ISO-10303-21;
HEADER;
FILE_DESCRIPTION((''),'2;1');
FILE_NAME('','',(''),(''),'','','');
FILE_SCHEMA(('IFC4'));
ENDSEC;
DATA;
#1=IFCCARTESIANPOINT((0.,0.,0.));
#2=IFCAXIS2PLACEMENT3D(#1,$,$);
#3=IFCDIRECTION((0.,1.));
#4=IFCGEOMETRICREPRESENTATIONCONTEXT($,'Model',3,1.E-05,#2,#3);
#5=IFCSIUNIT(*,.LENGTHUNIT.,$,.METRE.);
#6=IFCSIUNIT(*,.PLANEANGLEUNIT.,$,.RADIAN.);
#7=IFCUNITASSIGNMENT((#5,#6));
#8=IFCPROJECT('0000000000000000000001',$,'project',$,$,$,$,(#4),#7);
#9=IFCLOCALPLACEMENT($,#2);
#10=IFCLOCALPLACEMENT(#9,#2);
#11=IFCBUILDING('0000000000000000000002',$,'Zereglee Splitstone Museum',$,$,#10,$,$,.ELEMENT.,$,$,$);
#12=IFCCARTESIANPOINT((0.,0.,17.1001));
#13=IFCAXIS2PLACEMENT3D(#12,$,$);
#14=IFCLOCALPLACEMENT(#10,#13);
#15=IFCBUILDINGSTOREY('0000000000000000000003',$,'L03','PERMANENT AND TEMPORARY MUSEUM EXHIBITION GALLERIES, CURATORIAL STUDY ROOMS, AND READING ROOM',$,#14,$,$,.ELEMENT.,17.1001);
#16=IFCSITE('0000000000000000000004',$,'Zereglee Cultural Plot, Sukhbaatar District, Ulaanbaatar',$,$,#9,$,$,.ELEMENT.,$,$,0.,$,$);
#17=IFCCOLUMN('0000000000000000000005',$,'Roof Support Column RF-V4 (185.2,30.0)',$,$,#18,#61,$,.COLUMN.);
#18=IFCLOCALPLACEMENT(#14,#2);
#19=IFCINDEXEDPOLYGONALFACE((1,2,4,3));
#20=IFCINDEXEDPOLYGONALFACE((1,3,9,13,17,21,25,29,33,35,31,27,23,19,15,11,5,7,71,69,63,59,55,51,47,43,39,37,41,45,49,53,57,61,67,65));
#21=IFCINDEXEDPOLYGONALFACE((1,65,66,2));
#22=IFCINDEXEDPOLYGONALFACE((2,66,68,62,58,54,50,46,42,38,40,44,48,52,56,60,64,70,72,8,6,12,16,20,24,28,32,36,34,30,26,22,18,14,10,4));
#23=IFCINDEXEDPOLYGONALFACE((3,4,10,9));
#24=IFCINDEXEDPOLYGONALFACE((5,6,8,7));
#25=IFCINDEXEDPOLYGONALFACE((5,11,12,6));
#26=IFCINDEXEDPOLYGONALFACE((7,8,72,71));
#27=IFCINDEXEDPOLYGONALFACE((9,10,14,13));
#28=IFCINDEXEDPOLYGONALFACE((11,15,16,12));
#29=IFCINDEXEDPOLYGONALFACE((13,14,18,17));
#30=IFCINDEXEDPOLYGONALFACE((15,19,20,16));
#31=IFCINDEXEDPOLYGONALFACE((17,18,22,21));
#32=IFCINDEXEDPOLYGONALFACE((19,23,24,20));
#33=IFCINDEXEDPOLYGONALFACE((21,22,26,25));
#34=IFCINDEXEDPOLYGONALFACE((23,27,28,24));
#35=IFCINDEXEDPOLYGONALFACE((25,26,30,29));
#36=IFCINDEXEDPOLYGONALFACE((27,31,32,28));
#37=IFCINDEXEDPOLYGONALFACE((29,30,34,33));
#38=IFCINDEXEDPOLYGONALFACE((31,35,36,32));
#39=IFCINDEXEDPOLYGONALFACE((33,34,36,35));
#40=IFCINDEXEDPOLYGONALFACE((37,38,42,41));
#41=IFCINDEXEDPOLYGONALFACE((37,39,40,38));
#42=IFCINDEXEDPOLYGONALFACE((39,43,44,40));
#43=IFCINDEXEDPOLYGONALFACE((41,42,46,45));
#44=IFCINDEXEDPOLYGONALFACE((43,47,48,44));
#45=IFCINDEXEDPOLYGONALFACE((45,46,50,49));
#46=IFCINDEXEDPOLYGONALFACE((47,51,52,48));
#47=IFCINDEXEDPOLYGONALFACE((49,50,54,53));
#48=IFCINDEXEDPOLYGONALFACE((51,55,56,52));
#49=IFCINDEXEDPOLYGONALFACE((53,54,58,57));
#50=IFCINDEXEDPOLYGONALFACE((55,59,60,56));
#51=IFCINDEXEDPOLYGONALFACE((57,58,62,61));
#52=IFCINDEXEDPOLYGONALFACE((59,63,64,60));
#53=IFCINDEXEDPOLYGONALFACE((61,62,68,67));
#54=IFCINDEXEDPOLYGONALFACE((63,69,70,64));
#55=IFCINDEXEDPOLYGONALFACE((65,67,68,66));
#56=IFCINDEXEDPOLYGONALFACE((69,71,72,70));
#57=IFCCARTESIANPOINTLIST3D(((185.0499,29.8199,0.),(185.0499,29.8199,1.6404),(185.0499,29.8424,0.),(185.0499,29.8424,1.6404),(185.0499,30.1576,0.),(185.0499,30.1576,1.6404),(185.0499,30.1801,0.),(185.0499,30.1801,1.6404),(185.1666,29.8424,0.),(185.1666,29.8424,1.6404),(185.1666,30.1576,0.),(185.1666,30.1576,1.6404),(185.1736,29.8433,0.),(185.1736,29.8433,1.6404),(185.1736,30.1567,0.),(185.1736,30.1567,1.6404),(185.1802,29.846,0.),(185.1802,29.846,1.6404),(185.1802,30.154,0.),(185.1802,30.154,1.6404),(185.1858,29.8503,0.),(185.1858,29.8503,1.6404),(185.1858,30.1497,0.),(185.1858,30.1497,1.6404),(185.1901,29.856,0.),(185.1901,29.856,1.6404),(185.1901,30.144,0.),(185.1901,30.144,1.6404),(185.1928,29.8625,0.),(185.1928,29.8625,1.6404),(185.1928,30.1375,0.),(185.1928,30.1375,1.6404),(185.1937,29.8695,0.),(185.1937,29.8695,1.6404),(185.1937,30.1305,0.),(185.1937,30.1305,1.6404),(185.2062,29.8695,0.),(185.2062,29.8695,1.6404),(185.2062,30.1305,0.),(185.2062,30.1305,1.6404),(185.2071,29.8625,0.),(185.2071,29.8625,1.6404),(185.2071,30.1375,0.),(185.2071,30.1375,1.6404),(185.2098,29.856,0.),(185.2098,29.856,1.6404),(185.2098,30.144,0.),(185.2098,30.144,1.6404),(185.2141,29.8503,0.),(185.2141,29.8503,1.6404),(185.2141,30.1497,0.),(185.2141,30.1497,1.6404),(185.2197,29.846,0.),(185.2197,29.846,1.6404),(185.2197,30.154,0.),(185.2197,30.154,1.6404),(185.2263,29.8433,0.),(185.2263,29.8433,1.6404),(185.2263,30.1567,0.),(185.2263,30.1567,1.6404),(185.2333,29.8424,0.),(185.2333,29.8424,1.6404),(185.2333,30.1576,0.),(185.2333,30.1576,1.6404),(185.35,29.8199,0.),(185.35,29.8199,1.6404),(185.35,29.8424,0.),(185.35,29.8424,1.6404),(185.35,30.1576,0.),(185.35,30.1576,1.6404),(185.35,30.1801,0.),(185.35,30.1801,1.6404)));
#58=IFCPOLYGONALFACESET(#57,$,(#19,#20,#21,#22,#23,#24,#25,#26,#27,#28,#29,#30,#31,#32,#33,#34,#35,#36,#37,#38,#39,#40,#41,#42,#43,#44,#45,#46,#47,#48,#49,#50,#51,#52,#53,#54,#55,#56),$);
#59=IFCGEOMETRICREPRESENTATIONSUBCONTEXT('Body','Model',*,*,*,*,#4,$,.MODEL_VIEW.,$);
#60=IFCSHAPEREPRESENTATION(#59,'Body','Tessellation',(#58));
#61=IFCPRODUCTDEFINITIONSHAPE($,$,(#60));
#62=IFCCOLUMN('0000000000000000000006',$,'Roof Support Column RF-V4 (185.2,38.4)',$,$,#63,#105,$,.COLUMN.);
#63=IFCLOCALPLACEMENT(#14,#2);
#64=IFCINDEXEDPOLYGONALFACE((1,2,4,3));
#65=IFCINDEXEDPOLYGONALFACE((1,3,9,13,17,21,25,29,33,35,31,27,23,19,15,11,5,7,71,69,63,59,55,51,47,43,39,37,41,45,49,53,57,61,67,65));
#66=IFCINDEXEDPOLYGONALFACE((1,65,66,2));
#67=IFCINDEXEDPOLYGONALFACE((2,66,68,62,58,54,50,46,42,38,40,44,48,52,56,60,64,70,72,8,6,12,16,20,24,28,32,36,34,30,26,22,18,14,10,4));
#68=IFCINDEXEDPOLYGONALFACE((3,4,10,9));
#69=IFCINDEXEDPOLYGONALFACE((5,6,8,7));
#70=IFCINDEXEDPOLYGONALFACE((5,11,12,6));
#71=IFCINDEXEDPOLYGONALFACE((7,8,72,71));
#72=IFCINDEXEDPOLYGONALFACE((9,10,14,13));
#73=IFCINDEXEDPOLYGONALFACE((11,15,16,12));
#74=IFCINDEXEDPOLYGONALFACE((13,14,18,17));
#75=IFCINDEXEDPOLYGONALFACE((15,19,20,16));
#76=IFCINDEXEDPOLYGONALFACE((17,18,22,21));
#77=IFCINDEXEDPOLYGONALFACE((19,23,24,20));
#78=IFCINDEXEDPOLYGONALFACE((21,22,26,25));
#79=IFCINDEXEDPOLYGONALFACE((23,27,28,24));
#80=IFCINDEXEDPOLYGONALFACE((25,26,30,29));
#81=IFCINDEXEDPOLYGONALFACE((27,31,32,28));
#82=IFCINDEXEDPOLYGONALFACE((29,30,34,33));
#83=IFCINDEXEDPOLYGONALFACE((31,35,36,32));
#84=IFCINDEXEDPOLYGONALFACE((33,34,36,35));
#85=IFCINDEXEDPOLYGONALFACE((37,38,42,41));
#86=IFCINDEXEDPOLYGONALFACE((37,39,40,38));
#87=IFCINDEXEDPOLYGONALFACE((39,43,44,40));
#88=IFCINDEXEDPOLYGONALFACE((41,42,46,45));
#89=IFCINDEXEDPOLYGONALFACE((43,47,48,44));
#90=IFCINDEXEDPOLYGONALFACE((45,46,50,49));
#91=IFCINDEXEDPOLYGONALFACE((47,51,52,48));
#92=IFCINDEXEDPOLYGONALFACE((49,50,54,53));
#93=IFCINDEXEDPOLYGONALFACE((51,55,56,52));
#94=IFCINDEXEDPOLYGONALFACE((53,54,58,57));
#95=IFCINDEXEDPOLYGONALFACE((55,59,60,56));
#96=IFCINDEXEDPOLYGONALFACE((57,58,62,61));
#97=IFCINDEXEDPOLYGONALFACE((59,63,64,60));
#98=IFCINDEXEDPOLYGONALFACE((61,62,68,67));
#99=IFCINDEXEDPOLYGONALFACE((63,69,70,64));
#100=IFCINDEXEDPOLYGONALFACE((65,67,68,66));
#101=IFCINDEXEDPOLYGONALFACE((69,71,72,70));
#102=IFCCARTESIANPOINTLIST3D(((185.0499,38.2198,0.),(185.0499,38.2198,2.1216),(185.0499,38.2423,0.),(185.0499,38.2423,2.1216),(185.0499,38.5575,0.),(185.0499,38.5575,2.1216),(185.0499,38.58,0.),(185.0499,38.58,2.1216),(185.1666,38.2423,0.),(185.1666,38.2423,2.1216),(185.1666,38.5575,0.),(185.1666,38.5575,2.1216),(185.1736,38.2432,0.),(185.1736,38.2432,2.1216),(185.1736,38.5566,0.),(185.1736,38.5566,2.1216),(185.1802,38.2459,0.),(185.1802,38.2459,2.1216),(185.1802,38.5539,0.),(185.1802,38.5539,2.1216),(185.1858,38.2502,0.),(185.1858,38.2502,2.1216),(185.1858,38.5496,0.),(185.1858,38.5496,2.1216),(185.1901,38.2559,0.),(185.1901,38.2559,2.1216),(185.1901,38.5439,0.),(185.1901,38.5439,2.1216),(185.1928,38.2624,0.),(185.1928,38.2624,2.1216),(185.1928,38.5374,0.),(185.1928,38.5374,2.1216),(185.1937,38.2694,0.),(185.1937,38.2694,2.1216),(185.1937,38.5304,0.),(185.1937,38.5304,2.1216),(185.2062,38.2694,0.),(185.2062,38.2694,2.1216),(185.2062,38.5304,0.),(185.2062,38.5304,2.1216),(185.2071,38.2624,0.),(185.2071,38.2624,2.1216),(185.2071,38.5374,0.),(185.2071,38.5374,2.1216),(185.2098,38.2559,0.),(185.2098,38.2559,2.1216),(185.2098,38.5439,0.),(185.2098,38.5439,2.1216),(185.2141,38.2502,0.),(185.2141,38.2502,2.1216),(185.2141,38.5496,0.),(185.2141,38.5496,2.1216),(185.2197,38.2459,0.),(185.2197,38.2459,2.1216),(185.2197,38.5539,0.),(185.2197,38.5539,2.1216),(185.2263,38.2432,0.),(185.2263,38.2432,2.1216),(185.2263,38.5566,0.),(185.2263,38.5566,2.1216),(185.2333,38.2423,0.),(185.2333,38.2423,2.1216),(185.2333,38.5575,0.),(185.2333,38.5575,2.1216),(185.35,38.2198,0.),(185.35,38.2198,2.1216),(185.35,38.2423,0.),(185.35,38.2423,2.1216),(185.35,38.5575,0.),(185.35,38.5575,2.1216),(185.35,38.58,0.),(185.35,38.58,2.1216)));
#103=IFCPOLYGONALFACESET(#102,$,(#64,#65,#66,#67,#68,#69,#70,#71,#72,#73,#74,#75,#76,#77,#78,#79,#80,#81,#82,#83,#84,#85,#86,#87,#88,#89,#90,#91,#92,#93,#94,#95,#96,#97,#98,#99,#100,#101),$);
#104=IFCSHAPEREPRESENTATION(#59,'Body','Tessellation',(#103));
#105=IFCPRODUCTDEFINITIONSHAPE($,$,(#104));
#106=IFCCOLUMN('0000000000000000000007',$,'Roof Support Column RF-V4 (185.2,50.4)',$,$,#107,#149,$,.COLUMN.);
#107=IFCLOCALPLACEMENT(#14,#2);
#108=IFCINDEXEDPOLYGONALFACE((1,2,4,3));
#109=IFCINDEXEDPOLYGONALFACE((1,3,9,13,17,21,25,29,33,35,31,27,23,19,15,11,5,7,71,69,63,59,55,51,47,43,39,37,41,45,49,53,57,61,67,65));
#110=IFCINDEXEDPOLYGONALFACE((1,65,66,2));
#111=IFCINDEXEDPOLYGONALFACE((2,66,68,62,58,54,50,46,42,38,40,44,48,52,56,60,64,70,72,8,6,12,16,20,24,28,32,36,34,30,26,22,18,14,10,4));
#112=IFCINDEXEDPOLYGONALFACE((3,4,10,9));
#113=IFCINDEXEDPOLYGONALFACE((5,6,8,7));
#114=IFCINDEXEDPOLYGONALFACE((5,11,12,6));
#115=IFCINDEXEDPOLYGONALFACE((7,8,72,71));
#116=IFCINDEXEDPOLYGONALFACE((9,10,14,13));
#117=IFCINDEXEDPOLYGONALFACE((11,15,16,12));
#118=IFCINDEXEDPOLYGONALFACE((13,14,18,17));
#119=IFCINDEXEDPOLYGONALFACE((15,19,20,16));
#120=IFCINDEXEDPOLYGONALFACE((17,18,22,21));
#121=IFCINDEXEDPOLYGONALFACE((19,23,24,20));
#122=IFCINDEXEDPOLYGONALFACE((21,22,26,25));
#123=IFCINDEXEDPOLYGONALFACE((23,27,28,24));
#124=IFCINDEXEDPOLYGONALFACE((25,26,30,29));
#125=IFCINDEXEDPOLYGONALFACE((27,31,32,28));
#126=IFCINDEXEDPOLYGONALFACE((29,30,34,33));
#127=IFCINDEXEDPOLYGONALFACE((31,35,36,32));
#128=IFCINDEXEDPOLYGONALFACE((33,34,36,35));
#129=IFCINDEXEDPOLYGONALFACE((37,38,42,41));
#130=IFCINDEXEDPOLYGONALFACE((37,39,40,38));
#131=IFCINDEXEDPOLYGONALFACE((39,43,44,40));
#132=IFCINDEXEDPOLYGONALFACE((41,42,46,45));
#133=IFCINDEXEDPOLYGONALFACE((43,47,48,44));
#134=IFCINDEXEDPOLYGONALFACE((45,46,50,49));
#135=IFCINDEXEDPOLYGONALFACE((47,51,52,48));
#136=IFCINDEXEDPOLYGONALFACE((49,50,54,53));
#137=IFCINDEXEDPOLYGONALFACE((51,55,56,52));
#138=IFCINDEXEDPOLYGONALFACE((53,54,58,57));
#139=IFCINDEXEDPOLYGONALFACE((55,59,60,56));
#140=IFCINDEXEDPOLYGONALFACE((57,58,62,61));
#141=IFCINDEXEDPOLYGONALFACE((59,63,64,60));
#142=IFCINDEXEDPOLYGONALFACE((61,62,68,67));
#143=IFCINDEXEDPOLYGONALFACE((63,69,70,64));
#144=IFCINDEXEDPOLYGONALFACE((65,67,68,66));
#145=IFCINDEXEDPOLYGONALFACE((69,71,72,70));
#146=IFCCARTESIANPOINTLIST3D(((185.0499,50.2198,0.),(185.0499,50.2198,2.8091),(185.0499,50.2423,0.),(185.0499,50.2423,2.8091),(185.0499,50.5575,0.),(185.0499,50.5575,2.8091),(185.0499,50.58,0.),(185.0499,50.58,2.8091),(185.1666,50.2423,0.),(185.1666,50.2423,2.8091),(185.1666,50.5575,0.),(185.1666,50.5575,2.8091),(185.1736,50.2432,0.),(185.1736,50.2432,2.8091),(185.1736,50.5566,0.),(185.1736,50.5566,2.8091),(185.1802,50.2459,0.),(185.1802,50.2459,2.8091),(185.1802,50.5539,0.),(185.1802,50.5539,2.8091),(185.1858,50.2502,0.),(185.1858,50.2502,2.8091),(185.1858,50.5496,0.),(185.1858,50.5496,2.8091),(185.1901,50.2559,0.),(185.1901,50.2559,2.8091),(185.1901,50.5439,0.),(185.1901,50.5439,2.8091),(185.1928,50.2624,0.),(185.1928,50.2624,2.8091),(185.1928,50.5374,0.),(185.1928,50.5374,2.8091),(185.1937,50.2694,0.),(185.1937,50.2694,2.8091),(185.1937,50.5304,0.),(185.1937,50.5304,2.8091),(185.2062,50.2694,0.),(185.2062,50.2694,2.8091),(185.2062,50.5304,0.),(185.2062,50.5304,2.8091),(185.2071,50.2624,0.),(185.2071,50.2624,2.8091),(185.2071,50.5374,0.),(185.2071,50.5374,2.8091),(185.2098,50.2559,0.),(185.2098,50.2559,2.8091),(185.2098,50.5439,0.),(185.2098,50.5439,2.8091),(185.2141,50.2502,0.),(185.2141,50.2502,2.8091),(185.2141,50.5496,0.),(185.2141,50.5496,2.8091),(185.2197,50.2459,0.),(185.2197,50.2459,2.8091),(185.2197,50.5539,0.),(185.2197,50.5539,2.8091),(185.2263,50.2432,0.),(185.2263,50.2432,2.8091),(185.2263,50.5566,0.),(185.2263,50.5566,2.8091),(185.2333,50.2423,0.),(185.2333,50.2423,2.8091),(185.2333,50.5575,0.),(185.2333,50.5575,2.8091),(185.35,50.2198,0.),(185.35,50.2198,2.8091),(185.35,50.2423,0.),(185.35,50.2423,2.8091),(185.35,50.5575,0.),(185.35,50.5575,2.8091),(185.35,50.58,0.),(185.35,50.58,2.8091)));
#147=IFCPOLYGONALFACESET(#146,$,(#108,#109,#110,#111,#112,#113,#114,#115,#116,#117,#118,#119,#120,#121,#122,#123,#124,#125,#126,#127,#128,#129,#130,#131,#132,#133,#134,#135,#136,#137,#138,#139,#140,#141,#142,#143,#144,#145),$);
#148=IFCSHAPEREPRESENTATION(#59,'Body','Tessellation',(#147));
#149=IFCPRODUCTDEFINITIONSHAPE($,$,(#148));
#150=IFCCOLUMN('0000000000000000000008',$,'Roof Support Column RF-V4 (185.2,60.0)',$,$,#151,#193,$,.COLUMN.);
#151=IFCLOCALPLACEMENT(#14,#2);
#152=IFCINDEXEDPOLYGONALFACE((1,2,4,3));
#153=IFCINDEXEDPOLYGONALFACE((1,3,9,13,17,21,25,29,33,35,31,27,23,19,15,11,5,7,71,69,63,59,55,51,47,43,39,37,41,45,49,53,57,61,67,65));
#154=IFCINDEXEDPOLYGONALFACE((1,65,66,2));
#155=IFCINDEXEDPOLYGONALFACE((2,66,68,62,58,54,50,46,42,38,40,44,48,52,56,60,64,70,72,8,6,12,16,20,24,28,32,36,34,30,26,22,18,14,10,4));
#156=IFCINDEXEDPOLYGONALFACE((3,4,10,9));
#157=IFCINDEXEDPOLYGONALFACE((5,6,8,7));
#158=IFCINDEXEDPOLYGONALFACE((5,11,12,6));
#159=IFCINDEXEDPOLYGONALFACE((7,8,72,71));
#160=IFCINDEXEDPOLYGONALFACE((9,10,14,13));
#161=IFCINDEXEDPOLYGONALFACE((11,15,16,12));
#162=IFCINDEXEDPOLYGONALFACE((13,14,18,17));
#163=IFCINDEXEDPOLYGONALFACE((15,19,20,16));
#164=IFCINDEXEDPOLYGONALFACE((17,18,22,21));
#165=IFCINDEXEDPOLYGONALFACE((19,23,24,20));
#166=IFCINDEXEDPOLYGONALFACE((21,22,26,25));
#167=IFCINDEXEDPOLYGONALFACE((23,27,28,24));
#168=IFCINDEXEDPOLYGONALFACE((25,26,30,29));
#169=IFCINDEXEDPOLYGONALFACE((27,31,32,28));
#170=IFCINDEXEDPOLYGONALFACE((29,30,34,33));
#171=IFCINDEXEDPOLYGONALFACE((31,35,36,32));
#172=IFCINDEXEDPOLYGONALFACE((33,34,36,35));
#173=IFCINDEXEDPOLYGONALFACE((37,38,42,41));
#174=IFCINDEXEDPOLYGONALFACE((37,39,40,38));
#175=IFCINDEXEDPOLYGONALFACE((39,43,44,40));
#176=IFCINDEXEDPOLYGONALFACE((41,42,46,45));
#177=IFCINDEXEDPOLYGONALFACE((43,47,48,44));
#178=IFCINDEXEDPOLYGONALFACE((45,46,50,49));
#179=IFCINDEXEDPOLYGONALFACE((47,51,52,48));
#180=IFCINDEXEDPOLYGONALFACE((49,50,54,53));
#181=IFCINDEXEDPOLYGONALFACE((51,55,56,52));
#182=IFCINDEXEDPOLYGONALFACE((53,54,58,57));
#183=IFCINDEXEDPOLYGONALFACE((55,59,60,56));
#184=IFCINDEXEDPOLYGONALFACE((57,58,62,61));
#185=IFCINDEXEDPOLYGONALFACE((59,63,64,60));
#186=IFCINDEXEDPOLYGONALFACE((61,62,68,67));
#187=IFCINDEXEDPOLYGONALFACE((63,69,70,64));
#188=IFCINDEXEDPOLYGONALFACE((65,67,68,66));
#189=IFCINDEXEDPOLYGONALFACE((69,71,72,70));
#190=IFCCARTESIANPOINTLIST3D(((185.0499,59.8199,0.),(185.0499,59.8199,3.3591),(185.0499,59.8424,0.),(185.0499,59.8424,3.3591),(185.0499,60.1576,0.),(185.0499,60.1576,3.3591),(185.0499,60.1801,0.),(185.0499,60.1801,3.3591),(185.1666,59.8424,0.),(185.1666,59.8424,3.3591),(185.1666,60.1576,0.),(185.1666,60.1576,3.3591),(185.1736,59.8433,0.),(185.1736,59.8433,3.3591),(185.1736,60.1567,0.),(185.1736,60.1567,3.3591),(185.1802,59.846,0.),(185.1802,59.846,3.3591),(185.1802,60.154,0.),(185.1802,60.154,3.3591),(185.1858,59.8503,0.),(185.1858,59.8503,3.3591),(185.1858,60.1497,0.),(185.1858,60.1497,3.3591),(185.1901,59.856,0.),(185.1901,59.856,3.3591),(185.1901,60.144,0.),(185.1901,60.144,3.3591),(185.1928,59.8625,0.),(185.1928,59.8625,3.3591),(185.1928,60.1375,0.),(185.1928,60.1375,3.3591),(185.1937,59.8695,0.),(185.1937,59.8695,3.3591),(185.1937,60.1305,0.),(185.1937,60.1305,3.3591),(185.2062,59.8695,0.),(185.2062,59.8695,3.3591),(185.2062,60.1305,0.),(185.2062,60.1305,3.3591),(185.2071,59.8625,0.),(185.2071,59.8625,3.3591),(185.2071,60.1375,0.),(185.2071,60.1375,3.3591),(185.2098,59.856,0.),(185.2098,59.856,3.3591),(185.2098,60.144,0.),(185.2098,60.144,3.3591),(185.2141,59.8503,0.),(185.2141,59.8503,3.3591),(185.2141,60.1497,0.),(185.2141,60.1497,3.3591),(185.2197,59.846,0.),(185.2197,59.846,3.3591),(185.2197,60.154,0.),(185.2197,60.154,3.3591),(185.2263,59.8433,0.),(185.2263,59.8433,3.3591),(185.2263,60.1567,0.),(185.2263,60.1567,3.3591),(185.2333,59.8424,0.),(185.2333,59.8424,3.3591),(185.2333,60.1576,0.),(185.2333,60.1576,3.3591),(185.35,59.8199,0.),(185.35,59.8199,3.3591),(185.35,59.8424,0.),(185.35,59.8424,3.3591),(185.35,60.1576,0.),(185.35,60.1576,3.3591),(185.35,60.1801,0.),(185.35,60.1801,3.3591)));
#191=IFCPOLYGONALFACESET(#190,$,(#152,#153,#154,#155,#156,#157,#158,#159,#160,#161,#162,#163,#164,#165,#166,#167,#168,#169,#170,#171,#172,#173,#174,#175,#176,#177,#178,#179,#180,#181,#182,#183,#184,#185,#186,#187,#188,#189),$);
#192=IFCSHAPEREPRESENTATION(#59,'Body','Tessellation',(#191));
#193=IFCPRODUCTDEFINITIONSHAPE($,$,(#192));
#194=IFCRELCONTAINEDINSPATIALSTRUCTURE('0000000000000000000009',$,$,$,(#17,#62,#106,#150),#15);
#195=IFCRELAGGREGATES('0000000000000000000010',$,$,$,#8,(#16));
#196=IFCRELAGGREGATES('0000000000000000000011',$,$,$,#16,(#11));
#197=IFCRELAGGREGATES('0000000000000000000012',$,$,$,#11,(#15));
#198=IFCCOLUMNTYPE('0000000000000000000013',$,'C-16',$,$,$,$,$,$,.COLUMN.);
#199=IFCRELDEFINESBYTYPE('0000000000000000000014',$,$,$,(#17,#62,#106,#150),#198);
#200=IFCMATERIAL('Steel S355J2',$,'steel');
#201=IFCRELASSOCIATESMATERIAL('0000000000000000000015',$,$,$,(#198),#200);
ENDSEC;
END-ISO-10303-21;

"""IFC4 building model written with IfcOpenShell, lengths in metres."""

from ifc_helpers import new_model, si_unit, direction, frame, origin, origin_2d, place, context, subcontext, project, spatial, i_section, extrude, material, material_profile, profile_set, type_object, element, save


model = new_model("IFC4")

# Units and contexts
model_context = context("Model", 3, precision=1e-05, world=origin(), true_north=direction((0.0, 1.0)))
body_context = subcontext(model_context, "Body", "Model", "MODEL_VIEW")
ifc_project = project(units=[si_unit("LENGTHUNIT", "METRE"), si_unit("PLANEANGLEUNIT", "RADIAN")], contexts=[model_context])

# Site, building, storey
site_placement = place(None, origin())
site = spatial("IfcSite", under=ifc_project, at=site_placement, Name="Zereglee Cultural Plot, Sukhbaatar District, Ulaanbaatar", CompositionType="ELEMENT", RefElevation=0.0)
building_placement = place(site_placement, origin())
building = spatial("IfcBuilding", under=site, at=building_placement, Name="Zereglee Splitstone Museum", CompositionType="ELEMENT")
storey_placement = place(building_placement, frame((0.0, 0.0, 17.1001)))
storey = spatial("IfcBuildingStorey", under=building, at=storey_placement, Name="L03", Description="PERMANENT AND TEMPORARY MUSEUM EXHIBITION GALLERIES, CURATORIAL STUDY ROOMS, AND READING ROOM", CompositionType="ELEMENT", Elevation=17.1001)

# Columns
ifc_material_1 = material(Name="Steel S355J2", Category="steel")
ifc_material_profile_1 = material_profile(ifc_material_1, i_section(OverallWidth=0.3, OverallDepth=0.3601, WebThickness=0.0125, FlangeThickness=0.0225, FilletRadius=0.0271, at=origin_2d()), Name="HE 360 B")
ifc_profile_set_1 = profile_set([ifc_material_profile_1], Name="Steel S355J2")
column_type = type_object("IfcColumnType", Name="C-16", PredefinedType="COLUMN", material=ifc_profile_set_1)
column_1_placement = place(storey_placement, frame((185.2, 30.0, 0.0), z_axis=(0.0, 0.0, 1.0), x_axis=(1.0, 0.0, 0.0)))
element("IfcColumn", 1, at=column_1_placement, inside=storey, type_object=column_type, Name="Roof Support Column RF-V4 (185.2,30.0)", PredefinedType="COLUMN", context=body_context, shape_type="SweptSolid", body=[
    extrude(i_section(OverallWidth=0.3, OverallDepth=0.3601, WebThickness=0.0125, FlangeThickness=0.0225, FilletRadius=0.0271, at=origin_2d()), origin(), (0.0, 0.0, 1.0), 1.6404),
])
column_2_placement = place(storey_placement, frame((185.2, 38.3999, 0.0), z_axis=(0.0, 0.0, 1.0), x_axis=(1.0, 0.0, 0.0)))
element("IfcColumn", 2, at=column_2_placement, inside=storey, type_object=column_type, Name="Roof Support Column RF-V4 (185.2,38.4)", PredefinedType="COLUMN", context=body_context, shape_type="SweptSolid", body=[
    extrude(i_section(OverallWidth=0.3, OverallDepth=0.3601, WebThickness=0.0125, FlangeThickness=0.0225, FilletRadius=0.0271, at=origin_2d()), origin(), (0.0, 0.0, 1.0), 2.1216),
])
column_3_placement = place(storey_placement, frame((185.2, 50.3999, 0.0), z_axis=(0.0, 0.0, 1.0), x_axis=(1.0, 0.0, 0.0)))
element("IfcColumn", 3, at=column_3_placement, inside=storey, type_object=column_type, Name="Roof Support Column RF-V4 (185.2,50.4)", PredefinedType="COLUMN", context=body_context, shape_type="SweptSolid", body=[
    extrude(i_section(OverallWidth=0.3, OverallDepth=0.3601, WebThickness=0.0125, FlangeThickness=0.0225, FilletRadius=0.0271, at=origin_2d()), origin(), (0.0, 0.0, 1.0), 2.8091),
])
column_4_placement = place(storey_placement, frame((185.2, 60.0, 0.0), z_axis=(0.0, 0.0, 1.0), x_axis=(1.0, 0.0, 0.0)))
element("IfcColumn", 4, at=column_4_placement, inside=storey, type_object=column_type, Name="Roof Support Column RF-V4 (185.2,60.0)", PredefinedType="COLUMN", context=body_context, shape_type="SweptSolid", body=[
    extrude(i_section(OverallWidth=0.3, OverallDepth=0.3601, WebThickness=0.0125, FlangeThickness=0.0225, FilletRadius=0.0271, at=origin_2d()), origin(), (0.0, 0.0, 1.0), 3.3591),
])

save(model, "model.ifc")
